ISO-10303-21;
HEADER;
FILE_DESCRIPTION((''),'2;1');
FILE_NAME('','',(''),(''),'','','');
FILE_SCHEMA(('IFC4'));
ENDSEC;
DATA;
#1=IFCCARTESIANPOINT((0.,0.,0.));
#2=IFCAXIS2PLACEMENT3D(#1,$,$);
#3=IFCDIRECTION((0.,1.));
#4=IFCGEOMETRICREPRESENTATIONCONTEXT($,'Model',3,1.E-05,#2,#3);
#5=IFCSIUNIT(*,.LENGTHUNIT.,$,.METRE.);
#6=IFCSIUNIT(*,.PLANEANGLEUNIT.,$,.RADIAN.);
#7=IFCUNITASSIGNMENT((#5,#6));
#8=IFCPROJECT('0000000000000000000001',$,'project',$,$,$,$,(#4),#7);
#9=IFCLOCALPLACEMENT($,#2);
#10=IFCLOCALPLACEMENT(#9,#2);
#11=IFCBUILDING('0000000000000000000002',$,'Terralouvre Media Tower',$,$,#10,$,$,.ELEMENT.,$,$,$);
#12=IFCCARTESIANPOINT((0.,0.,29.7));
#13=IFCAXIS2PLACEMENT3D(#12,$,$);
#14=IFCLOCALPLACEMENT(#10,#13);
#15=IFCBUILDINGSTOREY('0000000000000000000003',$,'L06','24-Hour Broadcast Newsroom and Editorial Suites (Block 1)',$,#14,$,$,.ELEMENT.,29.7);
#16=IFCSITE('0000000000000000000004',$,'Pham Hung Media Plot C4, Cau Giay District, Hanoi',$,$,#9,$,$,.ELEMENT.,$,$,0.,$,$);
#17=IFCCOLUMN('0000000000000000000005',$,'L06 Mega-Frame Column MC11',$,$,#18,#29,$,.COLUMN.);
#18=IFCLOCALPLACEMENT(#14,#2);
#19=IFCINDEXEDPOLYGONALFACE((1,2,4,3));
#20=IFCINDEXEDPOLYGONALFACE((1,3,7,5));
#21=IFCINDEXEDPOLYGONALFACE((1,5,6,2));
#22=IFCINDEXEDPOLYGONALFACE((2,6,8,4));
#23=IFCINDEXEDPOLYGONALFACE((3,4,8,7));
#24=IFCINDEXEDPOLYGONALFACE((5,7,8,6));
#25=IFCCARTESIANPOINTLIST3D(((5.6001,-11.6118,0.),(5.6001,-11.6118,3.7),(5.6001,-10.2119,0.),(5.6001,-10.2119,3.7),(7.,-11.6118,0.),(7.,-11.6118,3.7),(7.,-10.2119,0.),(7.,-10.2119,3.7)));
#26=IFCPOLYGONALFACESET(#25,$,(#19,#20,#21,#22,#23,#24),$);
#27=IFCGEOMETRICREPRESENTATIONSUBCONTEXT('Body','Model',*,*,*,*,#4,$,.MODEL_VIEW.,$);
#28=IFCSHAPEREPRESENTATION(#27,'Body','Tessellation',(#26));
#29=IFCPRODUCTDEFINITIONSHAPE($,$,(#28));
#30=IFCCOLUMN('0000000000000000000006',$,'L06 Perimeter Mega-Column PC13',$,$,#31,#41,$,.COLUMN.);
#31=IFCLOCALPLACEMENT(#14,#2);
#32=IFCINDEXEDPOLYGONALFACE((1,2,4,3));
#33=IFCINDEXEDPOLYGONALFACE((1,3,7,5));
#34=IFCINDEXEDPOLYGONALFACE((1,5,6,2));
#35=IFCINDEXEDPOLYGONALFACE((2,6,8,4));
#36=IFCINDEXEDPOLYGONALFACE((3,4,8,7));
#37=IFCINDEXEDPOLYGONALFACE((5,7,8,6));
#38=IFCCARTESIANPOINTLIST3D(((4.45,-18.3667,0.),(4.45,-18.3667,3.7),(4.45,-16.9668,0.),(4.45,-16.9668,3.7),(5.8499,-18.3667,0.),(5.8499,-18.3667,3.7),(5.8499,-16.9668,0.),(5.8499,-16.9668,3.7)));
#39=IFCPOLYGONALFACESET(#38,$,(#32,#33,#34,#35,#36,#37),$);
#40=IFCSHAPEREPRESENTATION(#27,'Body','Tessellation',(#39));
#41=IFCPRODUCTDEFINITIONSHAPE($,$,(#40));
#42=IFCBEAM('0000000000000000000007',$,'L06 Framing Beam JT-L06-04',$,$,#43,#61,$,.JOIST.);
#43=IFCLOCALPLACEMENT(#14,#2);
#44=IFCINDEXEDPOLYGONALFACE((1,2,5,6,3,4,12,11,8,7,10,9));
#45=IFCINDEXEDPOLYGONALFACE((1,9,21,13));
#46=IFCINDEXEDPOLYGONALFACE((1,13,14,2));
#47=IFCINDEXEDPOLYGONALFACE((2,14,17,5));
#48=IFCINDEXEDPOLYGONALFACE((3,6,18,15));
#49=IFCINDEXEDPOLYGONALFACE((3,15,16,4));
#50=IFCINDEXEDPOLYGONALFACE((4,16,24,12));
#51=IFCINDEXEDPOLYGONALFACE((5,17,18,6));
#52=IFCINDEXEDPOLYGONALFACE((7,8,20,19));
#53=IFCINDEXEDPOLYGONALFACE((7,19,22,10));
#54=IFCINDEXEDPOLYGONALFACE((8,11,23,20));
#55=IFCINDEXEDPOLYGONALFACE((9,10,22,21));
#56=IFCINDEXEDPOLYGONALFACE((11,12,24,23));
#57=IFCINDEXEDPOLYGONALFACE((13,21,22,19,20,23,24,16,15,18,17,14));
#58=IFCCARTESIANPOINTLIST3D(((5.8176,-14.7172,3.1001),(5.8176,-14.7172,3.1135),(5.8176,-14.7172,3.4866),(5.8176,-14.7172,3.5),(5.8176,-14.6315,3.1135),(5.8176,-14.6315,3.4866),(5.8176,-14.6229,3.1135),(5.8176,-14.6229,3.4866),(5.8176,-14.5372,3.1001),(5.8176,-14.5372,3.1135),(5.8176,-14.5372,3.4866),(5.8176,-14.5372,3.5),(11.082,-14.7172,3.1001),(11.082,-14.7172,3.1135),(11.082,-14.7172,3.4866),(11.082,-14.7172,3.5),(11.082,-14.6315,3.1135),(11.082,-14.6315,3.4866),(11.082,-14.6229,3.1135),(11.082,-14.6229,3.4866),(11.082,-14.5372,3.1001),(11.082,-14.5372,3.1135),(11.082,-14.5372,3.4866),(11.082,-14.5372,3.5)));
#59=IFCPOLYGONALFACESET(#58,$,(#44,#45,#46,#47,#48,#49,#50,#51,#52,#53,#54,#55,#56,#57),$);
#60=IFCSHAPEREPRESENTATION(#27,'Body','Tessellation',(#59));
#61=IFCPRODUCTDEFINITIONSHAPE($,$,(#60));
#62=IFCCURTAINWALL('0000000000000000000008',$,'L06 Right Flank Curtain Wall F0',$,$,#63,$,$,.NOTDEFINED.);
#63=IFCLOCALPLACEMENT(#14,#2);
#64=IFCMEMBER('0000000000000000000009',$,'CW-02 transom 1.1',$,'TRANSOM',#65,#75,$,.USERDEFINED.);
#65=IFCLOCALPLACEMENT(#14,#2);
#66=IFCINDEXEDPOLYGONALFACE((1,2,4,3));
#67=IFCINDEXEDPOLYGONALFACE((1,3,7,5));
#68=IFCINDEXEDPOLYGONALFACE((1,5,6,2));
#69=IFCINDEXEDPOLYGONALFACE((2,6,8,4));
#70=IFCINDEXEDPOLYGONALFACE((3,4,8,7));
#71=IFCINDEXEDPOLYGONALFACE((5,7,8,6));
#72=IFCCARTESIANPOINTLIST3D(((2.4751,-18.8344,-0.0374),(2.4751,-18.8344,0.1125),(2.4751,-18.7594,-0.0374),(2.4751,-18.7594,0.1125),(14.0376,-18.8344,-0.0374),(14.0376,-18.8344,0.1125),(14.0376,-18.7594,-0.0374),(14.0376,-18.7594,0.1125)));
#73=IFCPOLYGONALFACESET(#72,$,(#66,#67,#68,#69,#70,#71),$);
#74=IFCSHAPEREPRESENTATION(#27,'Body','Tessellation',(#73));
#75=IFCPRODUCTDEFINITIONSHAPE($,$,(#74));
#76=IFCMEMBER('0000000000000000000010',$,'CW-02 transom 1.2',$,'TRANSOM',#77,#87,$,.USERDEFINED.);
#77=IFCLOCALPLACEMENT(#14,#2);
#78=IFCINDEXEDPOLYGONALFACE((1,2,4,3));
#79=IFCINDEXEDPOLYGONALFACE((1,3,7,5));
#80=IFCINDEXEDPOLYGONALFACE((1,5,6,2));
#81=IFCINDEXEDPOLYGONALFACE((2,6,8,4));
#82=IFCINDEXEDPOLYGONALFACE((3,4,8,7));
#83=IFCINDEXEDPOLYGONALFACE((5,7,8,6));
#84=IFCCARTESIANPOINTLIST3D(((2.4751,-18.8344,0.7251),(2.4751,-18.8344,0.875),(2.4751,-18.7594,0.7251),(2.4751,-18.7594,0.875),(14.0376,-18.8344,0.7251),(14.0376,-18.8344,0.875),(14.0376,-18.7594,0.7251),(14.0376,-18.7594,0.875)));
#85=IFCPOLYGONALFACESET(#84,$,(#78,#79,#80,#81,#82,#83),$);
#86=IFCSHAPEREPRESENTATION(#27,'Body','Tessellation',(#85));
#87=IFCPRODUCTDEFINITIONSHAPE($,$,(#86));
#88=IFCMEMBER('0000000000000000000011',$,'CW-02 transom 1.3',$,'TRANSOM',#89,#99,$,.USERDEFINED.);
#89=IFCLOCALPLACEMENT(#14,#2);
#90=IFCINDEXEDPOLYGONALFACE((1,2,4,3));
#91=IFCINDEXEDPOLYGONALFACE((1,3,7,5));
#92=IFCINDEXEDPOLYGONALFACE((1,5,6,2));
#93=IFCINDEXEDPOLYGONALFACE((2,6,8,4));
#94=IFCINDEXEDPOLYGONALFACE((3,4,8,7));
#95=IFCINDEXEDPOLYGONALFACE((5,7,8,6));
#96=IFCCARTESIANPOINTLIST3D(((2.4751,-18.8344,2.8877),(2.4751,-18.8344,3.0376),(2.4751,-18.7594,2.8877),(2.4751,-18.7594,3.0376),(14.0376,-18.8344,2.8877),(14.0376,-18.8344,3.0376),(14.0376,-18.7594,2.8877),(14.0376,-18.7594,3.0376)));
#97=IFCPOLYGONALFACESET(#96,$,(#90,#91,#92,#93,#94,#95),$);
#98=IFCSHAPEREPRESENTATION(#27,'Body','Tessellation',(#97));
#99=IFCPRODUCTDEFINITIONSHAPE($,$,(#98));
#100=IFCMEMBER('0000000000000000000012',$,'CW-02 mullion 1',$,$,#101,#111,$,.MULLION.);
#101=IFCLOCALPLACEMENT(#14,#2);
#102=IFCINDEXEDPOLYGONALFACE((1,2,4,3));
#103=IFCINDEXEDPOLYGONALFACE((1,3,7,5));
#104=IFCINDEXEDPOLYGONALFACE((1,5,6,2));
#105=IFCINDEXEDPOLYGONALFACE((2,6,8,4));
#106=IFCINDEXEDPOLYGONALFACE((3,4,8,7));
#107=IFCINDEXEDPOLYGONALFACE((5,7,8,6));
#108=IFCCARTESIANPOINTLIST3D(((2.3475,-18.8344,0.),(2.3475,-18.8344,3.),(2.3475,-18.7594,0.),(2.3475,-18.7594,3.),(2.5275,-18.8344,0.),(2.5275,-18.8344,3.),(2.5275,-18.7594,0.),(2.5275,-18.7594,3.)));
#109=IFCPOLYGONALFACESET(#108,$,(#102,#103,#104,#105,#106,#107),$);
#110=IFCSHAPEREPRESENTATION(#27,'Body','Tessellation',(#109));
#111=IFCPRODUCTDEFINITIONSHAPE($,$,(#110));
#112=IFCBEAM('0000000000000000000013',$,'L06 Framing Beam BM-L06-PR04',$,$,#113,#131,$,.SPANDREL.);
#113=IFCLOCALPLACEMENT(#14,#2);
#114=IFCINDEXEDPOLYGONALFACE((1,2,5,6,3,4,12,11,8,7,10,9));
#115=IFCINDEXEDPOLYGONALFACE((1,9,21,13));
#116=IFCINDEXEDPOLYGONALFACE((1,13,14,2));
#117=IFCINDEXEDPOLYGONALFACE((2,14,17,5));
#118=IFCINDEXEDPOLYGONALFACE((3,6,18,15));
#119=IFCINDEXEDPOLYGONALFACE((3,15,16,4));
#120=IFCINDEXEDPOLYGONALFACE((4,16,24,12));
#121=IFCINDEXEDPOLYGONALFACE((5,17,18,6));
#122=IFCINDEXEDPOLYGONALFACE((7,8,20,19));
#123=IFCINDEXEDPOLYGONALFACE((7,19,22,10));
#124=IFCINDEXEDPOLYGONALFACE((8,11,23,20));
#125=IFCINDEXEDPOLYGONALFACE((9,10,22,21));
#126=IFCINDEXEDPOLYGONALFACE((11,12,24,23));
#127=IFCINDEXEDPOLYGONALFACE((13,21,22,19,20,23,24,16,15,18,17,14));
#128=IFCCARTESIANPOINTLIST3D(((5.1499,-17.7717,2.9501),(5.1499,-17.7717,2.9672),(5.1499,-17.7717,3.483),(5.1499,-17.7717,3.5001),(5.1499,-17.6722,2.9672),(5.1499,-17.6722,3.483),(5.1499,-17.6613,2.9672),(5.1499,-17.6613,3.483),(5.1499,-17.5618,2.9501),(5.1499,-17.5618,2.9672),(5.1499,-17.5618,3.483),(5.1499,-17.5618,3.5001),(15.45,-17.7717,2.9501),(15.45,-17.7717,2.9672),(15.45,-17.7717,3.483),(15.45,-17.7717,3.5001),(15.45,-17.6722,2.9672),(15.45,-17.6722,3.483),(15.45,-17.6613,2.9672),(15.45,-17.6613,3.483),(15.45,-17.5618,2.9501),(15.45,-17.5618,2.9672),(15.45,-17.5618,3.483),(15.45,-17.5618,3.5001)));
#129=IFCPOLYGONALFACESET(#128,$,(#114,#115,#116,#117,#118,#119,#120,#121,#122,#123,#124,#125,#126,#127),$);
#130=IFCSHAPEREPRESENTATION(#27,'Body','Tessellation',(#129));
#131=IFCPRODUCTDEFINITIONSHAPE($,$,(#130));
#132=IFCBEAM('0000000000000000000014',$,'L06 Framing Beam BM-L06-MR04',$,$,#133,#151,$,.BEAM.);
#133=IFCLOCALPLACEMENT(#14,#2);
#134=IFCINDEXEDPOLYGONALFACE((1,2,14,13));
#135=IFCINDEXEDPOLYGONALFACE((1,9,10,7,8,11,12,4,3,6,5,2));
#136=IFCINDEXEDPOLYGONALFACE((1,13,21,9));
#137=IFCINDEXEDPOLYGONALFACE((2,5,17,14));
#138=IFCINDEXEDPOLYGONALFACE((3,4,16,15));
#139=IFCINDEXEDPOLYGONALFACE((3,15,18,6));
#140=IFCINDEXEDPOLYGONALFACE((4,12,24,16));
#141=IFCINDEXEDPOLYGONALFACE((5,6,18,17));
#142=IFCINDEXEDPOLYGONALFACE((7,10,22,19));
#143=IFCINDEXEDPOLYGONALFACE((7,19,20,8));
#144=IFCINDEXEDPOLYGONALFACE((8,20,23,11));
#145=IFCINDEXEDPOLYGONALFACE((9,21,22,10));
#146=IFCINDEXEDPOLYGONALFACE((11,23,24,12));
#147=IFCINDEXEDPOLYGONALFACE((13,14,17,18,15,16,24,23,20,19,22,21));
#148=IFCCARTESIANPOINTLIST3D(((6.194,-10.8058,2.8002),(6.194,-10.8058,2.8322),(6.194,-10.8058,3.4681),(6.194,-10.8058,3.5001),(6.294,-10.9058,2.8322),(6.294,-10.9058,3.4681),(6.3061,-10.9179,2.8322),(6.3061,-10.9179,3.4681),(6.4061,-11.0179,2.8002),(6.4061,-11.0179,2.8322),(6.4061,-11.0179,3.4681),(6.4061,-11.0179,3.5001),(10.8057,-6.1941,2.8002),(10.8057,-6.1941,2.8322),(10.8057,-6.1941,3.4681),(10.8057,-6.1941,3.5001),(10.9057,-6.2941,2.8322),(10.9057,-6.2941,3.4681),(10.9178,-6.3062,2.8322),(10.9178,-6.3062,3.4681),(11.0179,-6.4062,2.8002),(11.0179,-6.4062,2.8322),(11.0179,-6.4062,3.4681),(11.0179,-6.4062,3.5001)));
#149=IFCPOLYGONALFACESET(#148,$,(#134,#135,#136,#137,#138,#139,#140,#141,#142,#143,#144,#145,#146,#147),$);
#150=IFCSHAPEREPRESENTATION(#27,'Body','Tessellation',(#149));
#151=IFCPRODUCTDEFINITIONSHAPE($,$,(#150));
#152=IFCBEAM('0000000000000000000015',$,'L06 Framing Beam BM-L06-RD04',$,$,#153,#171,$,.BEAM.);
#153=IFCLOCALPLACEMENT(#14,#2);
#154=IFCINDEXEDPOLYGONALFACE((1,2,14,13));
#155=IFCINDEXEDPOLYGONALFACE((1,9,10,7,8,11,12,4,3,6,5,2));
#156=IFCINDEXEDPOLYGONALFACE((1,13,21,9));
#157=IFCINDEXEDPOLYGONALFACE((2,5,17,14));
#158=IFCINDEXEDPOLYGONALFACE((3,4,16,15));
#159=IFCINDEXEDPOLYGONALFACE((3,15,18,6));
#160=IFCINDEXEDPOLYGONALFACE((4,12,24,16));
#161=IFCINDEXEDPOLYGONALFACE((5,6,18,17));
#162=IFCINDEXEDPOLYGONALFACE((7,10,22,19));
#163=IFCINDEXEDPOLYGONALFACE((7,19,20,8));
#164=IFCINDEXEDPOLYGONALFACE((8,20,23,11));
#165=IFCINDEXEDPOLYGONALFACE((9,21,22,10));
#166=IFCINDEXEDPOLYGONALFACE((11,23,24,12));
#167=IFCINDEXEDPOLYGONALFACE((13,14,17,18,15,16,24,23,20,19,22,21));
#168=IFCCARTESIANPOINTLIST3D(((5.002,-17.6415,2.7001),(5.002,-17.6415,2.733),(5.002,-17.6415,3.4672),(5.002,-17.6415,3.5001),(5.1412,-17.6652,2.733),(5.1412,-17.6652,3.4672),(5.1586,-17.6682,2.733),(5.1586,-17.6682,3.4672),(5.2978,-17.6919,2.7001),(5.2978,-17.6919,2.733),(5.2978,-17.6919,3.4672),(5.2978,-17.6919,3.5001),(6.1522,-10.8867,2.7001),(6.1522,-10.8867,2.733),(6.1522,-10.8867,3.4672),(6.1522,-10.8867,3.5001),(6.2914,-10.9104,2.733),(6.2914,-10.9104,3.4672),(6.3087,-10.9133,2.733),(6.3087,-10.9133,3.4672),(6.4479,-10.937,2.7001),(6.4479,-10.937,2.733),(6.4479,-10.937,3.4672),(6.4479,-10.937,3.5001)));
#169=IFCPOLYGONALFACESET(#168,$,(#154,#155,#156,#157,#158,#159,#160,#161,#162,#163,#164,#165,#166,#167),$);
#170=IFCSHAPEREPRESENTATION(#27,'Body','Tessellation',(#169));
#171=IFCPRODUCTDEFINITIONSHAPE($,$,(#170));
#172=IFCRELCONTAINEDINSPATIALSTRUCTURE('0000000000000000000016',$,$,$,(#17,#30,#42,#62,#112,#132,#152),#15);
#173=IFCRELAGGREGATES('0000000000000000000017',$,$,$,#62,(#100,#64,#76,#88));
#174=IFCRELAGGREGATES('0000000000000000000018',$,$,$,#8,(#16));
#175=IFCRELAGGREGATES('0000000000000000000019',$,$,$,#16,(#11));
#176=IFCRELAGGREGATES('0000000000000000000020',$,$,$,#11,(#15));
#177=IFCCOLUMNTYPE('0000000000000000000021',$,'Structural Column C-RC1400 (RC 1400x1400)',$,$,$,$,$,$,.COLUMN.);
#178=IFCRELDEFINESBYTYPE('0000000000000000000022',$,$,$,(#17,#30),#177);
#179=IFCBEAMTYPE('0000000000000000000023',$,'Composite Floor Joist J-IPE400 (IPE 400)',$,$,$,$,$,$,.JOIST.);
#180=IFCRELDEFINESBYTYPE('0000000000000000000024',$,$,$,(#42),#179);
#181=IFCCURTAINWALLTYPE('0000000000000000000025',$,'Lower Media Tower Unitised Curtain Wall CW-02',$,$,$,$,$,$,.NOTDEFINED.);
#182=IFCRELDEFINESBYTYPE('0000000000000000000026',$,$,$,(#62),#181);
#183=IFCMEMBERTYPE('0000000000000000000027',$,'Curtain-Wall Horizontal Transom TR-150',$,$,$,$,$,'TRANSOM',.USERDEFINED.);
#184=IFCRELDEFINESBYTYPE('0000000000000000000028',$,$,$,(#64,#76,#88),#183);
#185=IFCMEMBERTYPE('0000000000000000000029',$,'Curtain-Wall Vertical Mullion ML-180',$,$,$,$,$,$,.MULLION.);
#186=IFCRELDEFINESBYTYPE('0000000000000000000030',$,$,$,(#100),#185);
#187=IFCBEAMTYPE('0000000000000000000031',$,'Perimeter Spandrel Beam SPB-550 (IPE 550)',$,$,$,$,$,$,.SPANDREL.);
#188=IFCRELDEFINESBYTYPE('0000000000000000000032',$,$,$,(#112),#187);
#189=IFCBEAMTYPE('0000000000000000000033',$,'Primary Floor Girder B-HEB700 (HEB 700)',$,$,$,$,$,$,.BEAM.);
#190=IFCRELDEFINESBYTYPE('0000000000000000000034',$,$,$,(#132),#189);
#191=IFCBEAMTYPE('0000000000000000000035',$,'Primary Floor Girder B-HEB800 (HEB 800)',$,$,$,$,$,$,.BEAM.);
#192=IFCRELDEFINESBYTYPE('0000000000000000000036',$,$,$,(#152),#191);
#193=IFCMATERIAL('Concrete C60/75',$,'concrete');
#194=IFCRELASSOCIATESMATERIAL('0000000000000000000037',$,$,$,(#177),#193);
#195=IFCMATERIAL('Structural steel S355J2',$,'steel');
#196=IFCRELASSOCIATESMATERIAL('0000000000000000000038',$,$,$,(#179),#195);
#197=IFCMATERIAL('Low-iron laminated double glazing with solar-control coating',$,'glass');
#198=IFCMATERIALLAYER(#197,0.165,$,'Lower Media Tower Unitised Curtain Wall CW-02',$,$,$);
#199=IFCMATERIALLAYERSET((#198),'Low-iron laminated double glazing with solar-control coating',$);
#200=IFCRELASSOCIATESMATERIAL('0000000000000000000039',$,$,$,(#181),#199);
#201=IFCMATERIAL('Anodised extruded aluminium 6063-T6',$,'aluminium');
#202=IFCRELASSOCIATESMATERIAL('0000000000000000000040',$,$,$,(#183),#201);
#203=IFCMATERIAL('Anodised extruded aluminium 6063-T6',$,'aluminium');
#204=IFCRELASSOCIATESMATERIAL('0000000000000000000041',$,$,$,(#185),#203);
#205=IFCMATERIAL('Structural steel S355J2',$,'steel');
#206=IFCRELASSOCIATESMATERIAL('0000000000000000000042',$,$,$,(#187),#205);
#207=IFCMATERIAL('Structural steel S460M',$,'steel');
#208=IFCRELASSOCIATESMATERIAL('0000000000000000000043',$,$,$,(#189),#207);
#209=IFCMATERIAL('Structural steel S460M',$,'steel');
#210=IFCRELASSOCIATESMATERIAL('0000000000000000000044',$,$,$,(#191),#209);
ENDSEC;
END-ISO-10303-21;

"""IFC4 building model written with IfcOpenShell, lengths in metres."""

from ifc_helpers import new_model, si_unit, direction, frame, origin, origin_2d, place, context, subcontext, project, spatial, rectangle, i_section, extrude, material, layer, layer_set, material_profile, profile_set, type_object, element, aggregate, save


model = new_model("IFC4")

# Units and contexts
model_context = context("Model", 3, precision=1e-05, world=origin(), true_north=direction((0.0, 1.0)))
body_context = subcontext(model_context, "Body", "Model", "MODEL_VIEW")
ifc_project = project(units=[si_unit("LENGTHUNIT", "METRE"), si_unit("PLANEANGLEUNIT", "RADIAN")], contexts=[model_context])

# Site, building, storey
site_placement = place(None, origin())
site = spatial("IfcSite", under=ifc_project, at=site_placement, Name="Pham Hung Media Plot C4, Cau Giay District, Hanoi", CompositionType="ELEMENT", RefElevation=0.0)
building_placement = place(site_placement, origin())
building = spatial("IfcBuilding", under=site, at=building_placement, Name="Terralouvre Media Tower", CompositionType="ELEMENT")
storey_placement = place(building_placement, frame((0.0, 0.0, 29.7)))
storey = spatial("IfcBuildingStorey", under=building, at=storey_placement, Name="L06", Description="24-Hour Broadcast Newsroom and Editorial Suites (Block 1)", CompositionType="ELEMENT", Elevation=29.7)

# Columns
ifc_material_1 = material(Name="Concrete C60/75", Category="concrete")
ifc_material_profile_1 = material_profile(ifc_material_1, rectangle(XDim=1.3999, YDim=1.3999, at=origin_2d()), Name="RC 1400x1400")
ifc_profile_set_1 = profile_set([ifc_material_profile_1], Name="Concrete C60/75")
column_type = type_object("IfcColumnType", Name="Structural Column C-RC1400 (RC 1400x1400)", PredefinedType="COLUMN", material=ifc_profile_set_1)
for number, where, z_axis, x_axis, name in (
    (1, (6.3, -10.9119, 0.0), (0.0, 0.0, 1.0), (1.0, 0.0, 0.0), "L06 Mega-Frame Column MC11"),
    (2, (5.1499, -17.6667, 0.0), (0.0, 0.0, 1.0), (1.0, 0.0, 0.0), "L06 Perimeter Mega-Column PC13"),
):
    element("IfcColumn", number, at=place(storey_placement, frame(where, z_axis=z_axis, x_axis=x_axis)), inside=storey, type_object=column_type, Name=name, PredefinedType="COLUMN", context=body_context, shape_type="SweptSolid", body=[
        extrude(rectangle(XDim=1.3999, YDim=1.3999, at=origin_2d()), origin(), (0.0, 0.0, 1.0), 3.7),
    ])

# Beam
ifc_material_2 = material(Name="Structural steel S355J2", Category="steel")
ifc_material_profile_2 = material_profile(ifc_material_2, i_section(OverallWidth=0.1799, OverallDepth=0.3999, WebThickness=0.0085, FlangeThickness=0.0134, at=origin_2d()), Name="IPE 400")
ifc_profile_set_2 = profile_set([ifc_material_profile_2], Name="Structural steel S355J2")
beam_type_1 = type_object("IfcBeamType", Name="Composite Floor Joist J-IPE400 (IPE 400)", PredefinedType="JOIST", material=ifc_profile_set_2)
beam_1_placement = place(storey_placement, frame((5.8176, -14.6272, 3.3), z_axis=(1.0, 0.0, 0.0), x_axis=(0.0, 1.0, 0.0)))
element("IfcBeam", 3, at=beam_1_placement, inside=storey, type_object=beam_type_1, Name="L06 Framing Beam JT-L06-04", PredefinedType="JOIST", context=body_context, shape_type="SweptSolid", body=[
    extrude(i_section(OverallWidth=0.1799, OverallDepth=0.3999, WebThickness=0.0085, FlangeThickness=0.0134, at=origin_2d()), origin(), (0.0, 0.0, 1.0), 5.2644),
])

# Curtain wall, members
ifc_material_3 = material(Name="Low-iron laminated double glazing with solar-control coating", Category="glass")
ifc_layer_1 = layer(ifc_material_3, 0.165, Name="Lower Media Tower Unitised Curtain Wall CW-02")
ifc_layer_set_1 = layer_set([ifc_layer_1], Name="Low-iron laminated double glazing with solar-control coating")
curtain_wall_type = type_object("IfcCurtainWallType", Name="Lower Media Tower Unitised Curtain Wall CW-02", PredefinedType="NOTDEFINED", material=ifc_layer_set_1)
curtain_wall_placement = place(storey_placement, origin())
curtain_wall = element("IfcCurtainWall", 4, at=curtain_wall_placement, inside=storey, type_object=curtain_wall_type, Name="L06 Right Flank Curtain Wall F0", PredefinedType="NOTDEFINED")
ifc_material_4 = material(Name="Anodised extruded aluminium 6063-T6", Category="aluminium")
ifc_material_profile_3 = material_profile(ifc_material_4, rectangle(XDim=0.075, YDim=0.1499, at=origin_2d()), Name="ALU 75x150")
ifc_profile_set_3 = profile_set([ifc_material_profile_3], Name="Anodised extruded aluminium 6063-T6")
member_type_1 = type_object("IfcMemberType", Name="Curtain-Wall Horizontal Transom TR-150", ElementType="TRANSOM", PredefinedType="USERDEFINED", material=ifc_profile_set_3)
member_1_placement = place(storey_placement, frame((2.4751, -18.7969, 0.0376), z_axis=(1.0, 0.0, 0.0), x_axis=(0.0, 1.0, 0.0)))
member_1 = element("IfcMember", 5, at=member_1_placement, type_object=member_type_1, Name="CW-02 transom 1.1", ObjectType="TRANSOM", PredefinedType="USERDEFINED", context=body_context, shape_type="SweptSolid", body=[
    extrude(rectangle(XDim=0.075, YDim=0.1499, at=origin_2d()), origin(), (0.0, 0.0, 1.0), 11.5625),
])
member_2_placement = place(storey_placement, frame((2.4751, -18.7969, 0.8), z_axis=(1.0, 0.0, 0.0), x_axis=(0.0, 1.0, 0.0)))
member_2 = element("IfcMember", 6, at=member_2_placement, type_object=member_type_1, Name="CW-02 transom 1.2", ObjectType="TRANSOM", PredefinedType="USERDEFINED", context=body_context, shape_type="SweptSolid", body=[
    extrude(rectangle(XDim=0.075, YDim=0.1499, at=origin_2d()), origin(), (0.0, 0.0, 1.0), 11.5625),
])
member_3_placement = place(storey_placement, frame((2.4751, -18.7969, 2.9626), z_axis=(1.0, 0.0, 0.0), x_axis=(0.0, 1.0, 0.0)))
member_3 = element("IfcMember", 7, at=member_3_placement, type_object=member_type_1, Name="CW-02 transom 1.3", ObjectType="TRANSOM", PredefinedType="USERDEFINED", context=body_context, shape_type="SweptSolid", body=[
    extrude(rectangle(XDim=0.075, YDim=0.1499, at=origin_2d()), origin(), (0.0, 0.0, 1.0), 11.5625),
])
ifc_material_5 = material(Name="Anodised extruded aluminium 6063-T6", Category="aluminium")
ifc_material_profile_4 = material_profile(ifc_material_5, rectangle(XDim=0.075, YDim=0.1799, at=origin_2d()), Name="ALU 75x180")
ifc_profile_set_4 = profile_set([ifc_material_profile_4], Name="Anodised extruded aluminium 6063-T6")
member_type_2 = type_object("IfcMemberType", Name="Curtain-Wall Vertical Mullion ML-180", PredefinedType="MULLION", material=ifc_profile_set_4)
member_4_placement = place(storey_placement, frame((2.4375, -18.7969, 0.0), z_axis=(0.0, 0.0, 1.0), x_axis=(0.0, 1.0, 0.0)))
member_4 = element("IfcMember", 8, at=member_4_placement, type_object=member_type_2, Name="CW-02 mullion 1", PredefinedType="MULLION", context=body_context, shape_type="SweptSolid", body=[
    extrude(rectangle(XDim=0.075, YDim=0.1799, at=origin_2d()), origin(), (0.0, 0.0, 1.0), 3.0),
])

# Beams
ifc_material_6 = material(Name="Structural steel S355J2", Category="steel")
ifc_material_profile_5 = material_profile(ifc_material_6, i_section(OverallWidth=0.21, OverallDepth=0.55, WebThickness=0.011, FlangeThickness=0.0171, at=origin_2d()), Name="IPE 550")
ifc_profile_set_5 = profile_set([ifc_material_profile_5], Name="Structural steel S355J2")
beam_type_2 = type_object("IfcBeamType", Name="Perimeter Spandrel Beam SPB-550 (IPE 550)", PredefinedType="SPANDREL", material=ifc_profile_set_5)
beam_2_placement = place(storey_placement, frame((5.1499, -17.6667, 3.2251), z_axis=(1.0, 0.0, 0.0), x_axis=(0.0, 1.0, 0.0)))
element("IfcBeam", 9, at=beam_2_placement, inside=storey, type_object=beam_type_2, Name="L06 Framing Beam BM-L06-PR04", PredefinedType="SPANDREL", context=body_context, shape_type="SweptSolid", body=[
    extrude(i_section(OverallWidth=0.21, OverallDepth=0.55, WebThickness=0.011, FlangeThickness=0.0171, at=origin_2d()), origin(), (0.0, 0.0, 1.0), 10.3),
])
ifc_material_7 = material(Name="Structural steel S460M", Category="steel")
ifc_material_profile_6 = material_profile(ifc_material_7, i_section(OverallWidth=0.3, OverallDepth=0.7, WebThickness=0.0171, FlangeThickness=0.032, at=origin_2d()), Name="HEB 700")
ifc_profile_set_6 = profile_set([ifc_material_profile_6], Name="Structural steel S460M")
beam_type_3 = type_object("IfcBeamType", Name="Primary Floor Girder B-HEB700 (HEB 700)", PredefinedType="BEAM", material=ifc_profile_set_6)
beam_3_placement = place(storey_placement, frame((6.3, -10.9119, 3.1501), z_axis=(0.707107, 0.707107, 0.0), x_axis=(-0.707107, 0.707107, 0.0)))
element("IfcBeam", 10, at=beam_3_placement, inside=storey, type_object=beam_type_3, Name="L06 Framing Beam BM-L06-MR04", PredefinedType="BEAM", context=body_context, shape_type="SweptSolid", body=[
    extrude(i_section(OverallWidth=0.3, OverallDepth=0.7, WebThickness=0.0171, FlangeThickness=0.032, at=origin_2d()), origin(), (0.0, 0.0, 1.0), 6.522),
])
ifc_material_8 = material(Name="Structural steel S460M", Category="steel")
ifc_material_profile_7 = material_profile(ifc_material_8, i_section(OverallWidth=0.3, OverallDepth=0.8, WebThickness=0.0176, FlangeThickness=0.033, at=origin_2d()), Name="HEB 800")
ifc_profile_set_7 = profile_set([ifc_material_profile_7], Name="Structural steel S460M")
beam_type_4 = type_object("IfcBeamType", Name="Primary Floor Girder B-HEB800 (HEB 800)", PredefinedType="BEAM", material=ifc_profile_set_7)
beam_4_placement = place(storey_placement, frame((6.3, -10.9119, 3.1001), z_axis=(-0.167853, -0.985812, 0.0), x_axis=(0.985812, -0.167853, 0.0)))
element("IfcBeam", 11, at=beam_4_placement, inside=storey, type_object=beam_type_4, Name="L06 Framing Beam BM-L06-RD04", PredefinedType="BEAM", context=body_context, shape_type="SweptSolid", body=[
    extrude(i_section(OverallWidth=0.3, OverallDepth=0.8, WebThickness=0.0176, FlangeThickness=0.033, at=origin_2d()), origin(), (0.0, 0.0, 1.0), 6.8521),
])

aggregate(curtain_wall, [member_4, member_1, member_2, member_3])

save(model, "model.ifc")
